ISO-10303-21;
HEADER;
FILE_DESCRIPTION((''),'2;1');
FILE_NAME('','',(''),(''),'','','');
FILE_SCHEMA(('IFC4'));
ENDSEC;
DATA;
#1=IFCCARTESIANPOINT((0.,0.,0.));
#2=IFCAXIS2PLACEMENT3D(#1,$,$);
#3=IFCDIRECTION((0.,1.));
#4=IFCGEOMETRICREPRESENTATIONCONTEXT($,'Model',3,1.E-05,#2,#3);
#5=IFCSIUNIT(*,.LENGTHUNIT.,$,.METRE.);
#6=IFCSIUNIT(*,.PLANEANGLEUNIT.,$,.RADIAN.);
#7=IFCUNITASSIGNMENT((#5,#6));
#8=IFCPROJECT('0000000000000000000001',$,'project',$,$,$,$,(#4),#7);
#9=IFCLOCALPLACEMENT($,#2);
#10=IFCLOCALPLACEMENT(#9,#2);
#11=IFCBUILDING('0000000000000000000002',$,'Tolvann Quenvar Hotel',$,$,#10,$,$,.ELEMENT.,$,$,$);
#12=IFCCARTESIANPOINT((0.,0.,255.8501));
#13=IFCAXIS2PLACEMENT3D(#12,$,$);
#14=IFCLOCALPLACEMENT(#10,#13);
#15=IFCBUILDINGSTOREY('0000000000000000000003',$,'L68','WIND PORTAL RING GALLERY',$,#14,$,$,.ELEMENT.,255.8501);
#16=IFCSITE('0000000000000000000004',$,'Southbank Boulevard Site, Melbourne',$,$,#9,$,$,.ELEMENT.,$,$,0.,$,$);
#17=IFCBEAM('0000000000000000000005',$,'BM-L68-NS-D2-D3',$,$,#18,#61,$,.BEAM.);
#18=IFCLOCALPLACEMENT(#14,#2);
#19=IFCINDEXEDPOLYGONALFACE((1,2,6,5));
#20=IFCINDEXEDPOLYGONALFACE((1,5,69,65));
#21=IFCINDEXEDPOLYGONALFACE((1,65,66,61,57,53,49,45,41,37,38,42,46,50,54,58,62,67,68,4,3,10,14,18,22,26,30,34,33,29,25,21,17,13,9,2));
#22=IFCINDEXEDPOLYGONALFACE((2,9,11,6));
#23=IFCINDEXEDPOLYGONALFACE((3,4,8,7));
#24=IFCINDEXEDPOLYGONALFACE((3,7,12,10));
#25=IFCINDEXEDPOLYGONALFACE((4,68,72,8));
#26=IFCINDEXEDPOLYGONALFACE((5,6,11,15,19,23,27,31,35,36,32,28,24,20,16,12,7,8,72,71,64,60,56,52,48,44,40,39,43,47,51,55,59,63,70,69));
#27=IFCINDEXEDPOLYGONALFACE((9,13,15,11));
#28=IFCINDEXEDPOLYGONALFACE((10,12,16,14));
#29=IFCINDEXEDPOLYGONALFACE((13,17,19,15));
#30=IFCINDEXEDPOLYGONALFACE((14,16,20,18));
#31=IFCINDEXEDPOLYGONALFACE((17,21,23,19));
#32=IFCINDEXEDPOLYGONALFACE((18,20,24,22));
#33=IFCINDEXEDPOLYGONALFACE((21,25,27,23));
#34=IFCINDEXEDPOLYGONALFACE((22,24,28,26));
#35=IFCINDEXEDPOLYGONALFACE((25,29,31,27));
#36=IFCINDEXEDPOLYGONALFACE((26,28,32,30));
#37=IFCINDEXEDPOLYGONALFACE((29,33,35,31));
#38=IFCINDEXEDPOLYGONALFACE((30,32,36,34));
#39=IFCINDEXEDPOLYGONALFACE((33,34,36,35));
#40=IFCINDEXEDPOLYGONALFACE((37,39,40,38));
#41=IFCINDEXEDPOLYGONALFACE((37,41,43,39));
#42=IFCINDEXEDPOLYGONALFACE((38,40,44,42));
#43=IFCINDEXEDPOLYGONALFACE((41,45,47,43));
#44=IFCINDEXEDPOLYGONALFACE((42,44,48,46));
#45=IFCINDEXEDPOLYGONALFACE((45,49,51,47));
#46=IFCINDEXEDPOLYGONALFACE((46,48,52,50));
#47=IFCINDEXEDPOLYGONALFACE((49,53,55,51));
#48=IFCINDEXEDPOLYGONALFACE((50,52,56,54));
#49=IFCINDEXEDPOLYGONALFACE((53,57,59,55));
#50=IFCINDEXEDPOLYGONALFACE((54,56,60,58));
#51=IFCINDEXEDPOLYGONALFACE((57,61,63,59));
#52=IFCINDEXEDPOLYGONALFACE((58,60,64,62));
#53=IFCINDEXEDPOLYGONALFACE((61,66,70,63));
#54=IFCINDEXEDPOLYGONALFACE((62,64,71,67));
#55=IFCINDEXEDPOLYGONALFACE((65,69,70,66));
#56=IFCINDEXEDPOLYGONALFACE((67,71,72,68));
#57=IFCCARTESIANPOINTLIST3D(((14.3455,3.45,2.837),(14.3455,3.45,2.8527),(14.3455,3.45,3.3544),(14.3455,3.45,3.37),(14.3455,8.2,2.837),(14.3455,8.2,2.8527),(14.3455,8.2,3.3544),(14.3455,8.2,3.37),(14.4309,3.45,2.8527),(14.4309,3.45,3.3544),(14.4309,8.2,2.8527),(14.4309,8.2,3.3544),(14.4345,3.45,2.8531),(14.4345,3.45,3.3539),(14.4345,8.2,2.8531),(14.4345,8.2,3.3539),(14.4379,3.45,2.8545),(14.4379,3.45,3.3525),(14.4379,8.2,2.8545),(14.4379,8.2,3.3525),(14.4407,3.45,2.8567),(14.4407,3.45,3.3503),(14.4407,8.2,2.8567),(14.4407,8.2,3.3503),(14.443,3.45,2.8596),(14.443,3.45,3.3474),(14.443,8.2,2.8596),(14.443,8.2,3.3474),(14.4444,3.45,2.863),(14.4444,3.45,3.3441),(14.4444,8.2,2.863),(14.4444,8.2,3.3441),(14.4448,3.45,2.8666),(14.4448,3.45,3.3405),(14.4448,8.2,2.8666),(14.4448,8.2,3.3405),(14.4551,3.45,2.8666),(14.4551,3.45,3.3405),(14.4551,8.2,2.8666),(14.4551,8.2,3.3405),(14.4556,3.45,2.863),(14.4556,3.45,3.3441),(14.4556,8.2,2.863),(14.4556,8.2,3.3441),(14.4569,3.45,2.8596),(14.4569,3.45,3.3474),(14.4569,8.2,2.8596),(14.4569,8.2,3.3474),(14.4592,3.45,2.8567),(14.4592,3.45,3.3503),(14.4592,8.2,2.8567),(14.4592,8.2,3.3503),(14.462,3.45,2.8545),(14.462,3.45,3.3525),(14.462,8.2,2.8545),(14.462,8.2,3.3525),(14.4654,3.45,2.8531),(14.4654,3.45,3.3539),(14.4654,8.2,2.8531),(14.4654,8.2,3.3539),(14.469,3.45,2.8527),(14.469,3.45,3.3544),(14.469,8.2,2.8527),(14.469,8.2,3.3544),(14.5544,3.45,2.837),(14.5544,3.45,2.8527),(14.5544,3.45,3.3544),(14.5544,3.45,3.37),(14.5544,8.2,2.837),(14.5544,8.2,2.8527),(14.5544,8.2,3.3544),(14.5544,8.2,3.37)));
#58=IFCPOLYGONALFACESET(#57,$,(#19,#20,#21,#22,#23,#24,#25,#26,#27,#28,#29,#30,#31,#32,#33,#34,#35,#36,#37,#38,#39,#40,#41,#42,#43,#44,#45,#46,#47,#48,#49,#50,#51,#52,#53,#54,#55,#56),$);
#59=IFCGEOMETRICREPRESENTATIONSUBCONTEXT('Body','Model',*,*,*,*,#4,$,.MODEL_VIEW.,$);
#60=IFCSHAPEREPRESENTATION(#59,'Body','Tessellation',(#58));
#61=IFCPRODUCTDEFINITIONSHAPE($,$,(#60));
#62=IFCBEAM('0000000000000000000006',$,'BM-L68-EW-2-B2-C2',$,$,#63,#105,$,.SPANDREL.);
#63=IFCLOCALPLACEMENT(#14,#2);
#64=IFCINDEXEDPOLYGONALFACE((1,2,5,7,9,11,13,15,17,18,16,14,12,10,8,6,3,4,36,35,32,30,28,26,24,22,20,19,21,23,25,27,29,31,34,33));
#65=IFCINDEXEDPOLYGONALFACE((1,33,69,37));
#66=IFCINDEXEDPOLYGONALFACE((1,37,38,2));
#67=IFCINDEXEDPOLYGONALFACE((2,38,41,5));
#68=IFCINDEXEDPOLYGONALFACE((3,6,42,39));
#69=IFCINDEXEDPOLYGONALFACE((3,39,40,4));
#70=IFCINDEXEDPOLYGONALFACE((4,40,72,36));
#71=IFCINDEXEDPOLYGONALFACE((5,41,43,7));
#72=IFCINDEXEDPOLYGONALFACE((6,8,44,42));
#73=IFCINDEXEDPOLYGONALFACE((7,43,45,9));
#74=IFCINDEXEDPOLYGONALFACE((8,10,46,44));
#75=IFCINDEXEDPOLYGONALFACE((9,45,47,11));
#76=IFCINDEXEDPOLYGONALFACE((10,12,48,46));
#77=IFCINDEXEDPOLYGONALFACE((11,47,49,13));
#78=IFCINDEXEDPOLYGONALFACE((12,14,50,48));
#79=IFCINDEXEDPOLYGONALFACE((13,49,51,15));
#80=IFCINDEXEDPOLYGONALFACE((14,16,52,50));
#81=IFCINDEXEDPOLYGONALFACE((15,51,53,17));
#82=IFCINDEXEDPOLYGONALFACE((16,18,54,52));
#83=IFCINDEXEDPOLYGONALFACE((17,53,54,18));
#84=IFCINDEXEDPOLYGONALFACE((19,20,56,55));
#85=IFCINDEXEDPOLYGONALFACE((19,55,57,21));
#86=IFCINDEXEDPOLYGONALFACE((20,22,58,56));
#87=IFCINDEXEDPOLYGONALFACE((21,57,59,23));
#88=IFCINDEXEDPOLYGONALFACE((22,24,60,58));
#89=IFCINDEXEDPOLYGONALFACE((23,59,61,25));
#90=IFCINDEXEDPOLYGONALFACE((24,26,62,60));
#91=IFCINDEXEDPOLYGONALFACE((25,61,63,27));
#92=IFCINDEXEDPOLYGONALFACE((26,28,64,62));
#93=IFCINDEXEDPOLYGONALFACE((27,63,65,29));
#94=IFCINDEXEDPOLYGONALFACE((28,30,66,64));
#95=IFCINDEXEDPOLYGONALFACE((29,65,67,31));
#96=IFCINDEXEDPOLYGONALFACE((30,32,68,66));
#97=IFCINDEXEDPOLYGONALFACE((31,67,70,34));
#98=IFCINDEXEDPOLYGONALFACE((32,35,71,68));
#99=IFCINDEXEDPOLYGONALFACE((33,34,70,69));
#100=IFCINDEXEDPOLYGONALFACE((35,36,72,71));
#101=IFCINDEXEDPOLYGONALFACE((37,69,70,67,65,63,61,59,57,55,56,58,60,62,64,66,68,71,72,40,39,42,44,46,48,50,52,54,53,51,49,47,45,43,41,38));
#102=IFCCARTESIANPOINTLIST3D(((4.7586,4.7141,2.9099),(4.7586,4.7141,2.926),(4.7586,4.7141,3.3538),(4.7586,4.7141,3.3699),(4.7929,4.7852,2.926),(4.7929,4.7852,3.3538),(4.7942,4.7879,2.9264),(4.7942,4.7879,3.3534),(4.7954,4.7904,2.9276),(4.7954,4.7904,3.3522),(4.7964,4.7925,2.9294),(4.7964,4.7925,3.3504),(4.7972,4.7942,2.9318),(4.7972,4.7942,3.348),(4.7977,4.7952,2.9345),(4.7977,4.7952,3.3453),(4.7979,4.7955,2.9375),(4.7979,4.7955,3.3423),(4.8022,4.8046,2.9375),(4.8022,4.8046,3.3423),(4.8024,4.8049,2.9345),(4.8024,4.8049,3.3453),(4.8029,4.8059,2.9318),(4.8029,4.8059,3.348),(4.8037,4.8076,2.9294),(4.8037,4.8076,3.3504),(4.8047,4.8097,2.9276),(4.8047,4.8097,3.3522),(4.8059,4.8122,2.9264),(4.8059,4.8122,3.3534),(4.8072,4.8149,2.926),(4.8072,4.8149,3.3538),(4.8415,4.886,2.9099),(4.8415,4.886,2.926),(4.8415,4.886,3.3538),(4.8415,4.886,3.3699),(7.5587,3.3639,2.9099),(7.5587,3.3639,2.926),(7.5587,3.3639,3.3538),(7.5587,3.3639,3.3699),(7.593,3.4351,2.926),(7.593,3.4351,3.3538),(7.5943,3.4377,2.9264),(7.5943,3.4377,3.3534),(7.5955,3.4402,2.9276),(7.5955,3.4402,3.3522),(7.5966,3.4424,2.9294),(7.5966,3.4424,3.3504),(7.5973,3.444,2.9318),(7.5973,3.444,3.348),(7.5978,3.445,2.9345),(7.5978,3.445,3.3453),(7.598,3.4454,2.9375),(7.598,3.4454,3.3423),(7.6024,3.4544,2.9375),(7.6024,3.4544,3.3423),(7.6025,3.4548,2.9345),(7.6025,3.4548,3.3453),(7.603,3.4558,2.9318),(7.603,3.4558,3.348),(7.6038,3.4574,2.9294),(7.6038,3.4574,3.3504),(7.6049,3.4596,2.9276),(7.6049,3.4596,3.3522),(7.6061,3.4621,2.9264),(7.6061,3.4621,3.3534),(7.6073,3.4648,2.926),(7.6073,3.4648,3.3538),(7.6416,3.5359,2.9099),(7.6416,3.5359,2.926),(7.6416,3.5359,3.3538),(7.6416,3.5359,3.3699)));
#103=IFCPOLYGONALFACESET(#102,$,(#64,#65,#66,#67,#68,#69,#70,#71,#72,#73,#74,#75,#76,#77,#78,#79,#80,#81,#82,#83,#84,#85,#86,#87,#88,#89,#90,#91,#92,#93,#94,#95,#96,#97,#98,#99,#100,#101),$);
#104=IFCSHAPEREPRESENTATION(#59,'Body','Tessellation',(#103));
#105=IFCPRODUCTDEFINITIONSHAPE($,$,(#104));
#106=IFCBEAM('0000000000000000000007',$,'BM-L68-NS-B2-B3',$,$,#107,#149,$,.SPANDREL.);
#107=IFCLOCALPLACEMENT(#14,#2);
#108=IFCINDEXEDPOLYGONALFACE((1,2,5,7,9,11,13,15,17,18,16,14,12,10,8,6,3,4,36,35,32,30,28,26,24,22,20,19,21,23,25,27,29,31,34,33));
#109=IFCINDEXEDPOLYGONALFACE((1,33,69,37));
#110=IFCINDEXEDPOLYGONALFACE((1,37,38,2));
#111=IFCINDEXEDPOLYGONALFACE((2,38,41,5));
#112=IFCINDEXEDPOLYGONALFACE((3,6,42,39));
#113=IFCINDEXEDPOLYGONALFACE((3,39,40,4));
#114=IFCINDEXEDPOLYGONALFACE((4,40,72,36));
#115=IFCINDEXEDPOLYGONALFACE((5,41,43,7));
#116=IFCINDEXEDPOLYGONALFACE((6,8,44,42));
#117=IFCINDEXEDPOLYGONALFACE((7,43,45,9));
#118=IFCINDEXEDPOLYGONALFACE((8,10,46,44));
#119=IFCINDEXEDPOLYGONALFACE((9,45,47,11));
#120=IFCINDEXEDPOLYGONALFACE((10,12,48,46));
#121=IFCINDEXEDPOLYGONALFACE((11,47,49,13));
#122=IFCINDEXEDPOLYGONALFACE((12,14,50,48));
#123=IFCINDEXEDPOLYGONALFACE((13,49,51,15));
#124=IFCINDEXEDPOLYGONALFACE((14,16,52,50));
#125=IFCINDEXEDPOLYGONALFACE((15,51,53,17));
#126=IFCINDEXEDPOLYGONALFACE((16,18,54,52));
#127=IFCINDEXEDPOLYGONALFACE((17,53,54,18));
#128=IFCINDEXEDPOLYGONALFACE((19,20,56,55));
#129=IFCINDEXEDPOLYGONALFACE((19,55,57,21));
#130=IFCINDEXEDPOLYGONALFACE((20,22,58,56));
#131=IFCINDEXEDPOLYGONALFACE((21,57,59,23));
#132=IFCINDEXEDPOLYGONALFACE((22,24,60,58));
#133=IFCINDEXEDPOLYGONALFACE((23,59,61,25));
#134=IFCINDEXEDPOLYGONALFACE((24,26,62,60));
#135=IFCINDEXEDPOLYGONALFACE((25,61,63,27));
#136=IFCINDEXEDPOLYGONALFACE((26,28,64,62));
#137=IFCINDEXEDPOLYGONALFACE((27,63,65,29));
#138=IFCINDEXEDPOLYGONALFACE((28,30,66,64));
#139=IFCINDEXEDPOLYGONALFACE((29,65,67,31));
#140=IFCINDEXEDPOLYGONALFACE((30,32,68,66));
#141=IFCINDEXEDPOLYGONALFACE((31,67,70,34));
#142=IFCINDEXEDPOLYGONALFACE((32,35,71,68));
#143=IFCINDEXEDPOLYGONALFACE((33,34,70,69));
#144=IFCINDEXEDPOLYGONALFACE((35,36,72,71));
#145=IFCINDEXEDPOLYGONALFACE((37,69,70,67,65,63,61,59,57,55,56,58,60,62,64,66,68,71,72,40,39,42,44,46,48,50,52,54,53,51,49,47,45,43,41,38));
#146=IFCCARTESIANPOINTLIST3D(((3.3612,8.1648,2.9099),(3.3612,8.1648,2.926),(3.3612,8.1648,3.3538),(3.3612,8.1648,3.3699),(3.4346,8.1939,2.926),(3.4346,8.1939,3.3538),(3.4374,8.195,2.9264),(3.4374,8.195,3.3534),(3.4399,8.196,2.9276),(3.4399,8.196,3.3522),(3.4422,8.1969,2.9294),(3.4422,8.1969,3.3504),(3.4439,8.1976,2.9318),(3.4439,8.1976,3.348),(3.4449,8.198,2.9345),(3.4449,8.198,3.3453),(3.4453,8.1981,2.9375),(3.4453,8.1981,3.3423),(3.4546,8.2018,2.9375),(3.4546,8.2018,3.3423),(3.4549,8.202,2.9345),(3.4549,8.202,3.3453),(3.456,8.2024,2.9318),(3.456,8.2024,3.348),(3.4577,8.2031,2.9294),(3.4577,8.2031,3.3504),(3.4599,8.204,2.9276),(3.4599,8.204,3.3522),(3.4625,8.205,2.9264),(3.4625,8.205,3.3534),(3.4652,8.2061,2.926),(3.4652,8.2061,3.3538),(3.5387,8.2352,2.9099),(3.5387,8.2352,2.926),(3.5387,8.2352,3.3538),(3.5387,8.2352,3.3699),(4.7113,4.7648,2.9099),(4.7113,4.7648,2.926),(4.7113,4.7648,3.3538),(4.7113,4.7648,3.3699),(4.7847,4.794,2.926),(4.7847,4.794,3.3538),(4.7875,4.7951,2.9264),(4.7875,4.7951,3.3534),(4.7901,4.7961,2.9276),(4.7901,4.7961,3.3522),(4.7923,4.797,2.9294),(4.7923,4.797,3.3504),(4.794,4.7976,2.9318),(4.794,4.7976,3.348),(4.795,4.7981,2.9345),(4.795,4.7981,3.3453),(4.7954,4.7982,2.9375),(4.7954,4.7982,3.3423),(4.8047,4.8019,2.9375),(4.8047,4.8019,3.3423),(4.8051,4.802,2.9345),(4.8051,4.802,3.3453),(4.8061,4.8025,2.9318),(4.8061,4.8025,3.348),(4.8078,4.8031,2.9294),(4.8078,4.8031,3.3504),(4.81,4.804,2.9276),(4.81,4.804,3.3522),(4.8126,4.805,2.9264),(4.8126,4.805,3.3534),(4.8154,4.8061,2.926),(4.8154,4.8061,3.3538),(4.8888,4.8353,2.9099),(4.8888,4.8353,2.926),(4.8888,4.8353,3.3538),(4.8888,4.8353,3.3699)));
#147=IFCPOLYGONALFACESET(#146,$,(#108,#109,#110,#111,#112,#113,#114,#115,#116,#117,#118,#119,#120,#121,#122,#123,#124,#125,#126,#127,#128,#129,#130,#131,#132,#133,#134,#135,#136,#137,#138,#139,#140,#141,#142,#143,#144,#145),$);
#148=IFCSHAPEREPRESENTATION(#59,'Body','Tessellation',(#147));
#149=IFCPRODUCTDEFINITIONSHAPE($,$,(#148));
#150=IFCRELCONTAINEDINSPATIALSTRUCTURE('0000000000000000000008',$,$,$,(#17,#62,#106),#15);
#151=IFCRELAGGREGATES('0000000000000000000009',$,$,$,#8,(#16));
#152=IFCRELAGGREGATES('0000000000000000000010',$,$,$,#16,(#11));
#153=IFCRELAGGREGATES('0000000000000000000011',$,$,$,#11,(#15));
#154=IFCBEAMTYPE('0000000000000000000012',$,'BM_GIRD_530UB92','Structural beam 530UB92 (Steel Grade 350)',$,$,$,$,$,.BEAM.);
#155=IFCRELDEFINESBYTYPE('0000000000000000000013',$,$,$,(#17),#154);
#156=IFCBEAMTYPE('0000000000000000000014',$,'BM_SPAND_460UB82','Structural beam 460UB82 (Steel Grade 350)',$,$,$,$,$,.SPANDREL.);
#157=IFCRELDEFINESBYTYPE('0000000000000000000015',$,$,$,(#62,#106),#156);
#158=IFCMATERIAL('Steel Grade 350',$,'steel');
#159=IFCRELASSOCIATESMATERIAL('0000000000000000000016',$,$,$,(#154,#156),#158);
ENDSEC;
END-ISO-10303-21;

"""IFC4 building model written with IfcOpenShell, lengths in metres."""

from ifc_helpers import new_model, si_unit, direction, frame, origin, origin_2d, place, context, subcontext, project, spatial, i_section, extrude, source, transform, mapped, material, material_profile, profile_set, type_object, type_shapes, element, save


model = new_model("IFC4")

# Units and contexts
model_context = context("Model", 3, precision=1e-05, world=origin(), true_north=direction((0.0, 1.0)))
body_context = subcontext(model_context, "Body", "Model", "MODEL_VIEW")
ifc_project = project(units=[si_unit("LENGTHUNIT", "METRE"), si_unit("PLANEANGLEUNIT", "RADIAN")], contexts=[model_context])

# Site, building, storey
site_placement = place(None, origin())
site = spatial("IfcSite", under=ifc_project, at=site_placement, Name="Southbank Boulevard Site, Melbourne", CompositionType="ELEMENT", RefElevation=0.0)
building_placement = place(site_placement, origin())
building = spatial("IfcBuilding", under=site, at=building_placement, Name="Tolvann Quenvar Hotel", CompositionType="ELEMENT")
storey_placement = place(building_placement, frame((0.0, 0.0, 255.8501)))
storey = spatial("IfcBuildingStorey", under=building, at=storey_placement, Name="L68", Description="WIND PORTAL RING GALLERY", CompositionType="ELEMENT", Elevation=255.8501)

# Shared definitions
ifc_material_1 = material(Name="Steel Grade 350", Category="steel")

# Beams
ifc_material_profile_1 = material_profile(ifc_material_1, i_section(OverallWidth=0.209, OverallDepth=0.533, WebThickness=0.0103, FlangeThickness=0.0156, FilletRadius=0.0139, at=origin_2d()), Name="530UB92")
ifc_profile_set_1 = profile_set([ifc_material_profile_1], Name="Steel Grade 350")
beam_type_1 = type_object("IfcBeamType", Name="BM_GIRD_530UB92", Description="Structural beam 530UB92 (Steel Grade 350)", PredefinedType="BEAM", material=ifc_profile_set_1)
shared_shape_1 = source(origin(), body_context, "Body", "SweptSolid", [
    extrude(i_section(OverallWidth=0.209, OverallDepth=0.533, WebThickness=0.0103, FlangeThickness=0.0156, FilletRadius=0.0139, at=origin_2d()), origin(), (0.0, 0.0, 1.0), 4.75),
])
type_shapes(beam_type_1, [shared_shape_1])
for number, where, z_axis, x_axis, name in (
    (1, (14.45, 3.45, 3.1035), (0.0, 1.0, 0.0), (-1.0, 0.0, 0.0), "BM-L68-NS-D2-D3"),
):
    element("IfcBeam", number, at=place(storey_placement, frame(where, z_axis=z_axis, x_axis=x_axis)), inside=storey, type_object=beam_type_1, Name=name, PredefinedType="BEAM", context=body_context, shape_type="MappedRepresentation", body=[
        mapped(shared_shape_1, transform((0.0, 0.0, 0.0), x_axis=(1.0, 0.0, 0.0), y_axis=(0.0, 1.0, 0.0), z_axis=(0.0, 0.0, 1.0), scale=1.0)),
    ])
ifc_material_profile_2 = material_profile(ifc_material_1, i_section(OverallWidth=0.1909, OverallDepth=0.46, WebThickness=0.01, FlangeThickness=0.0161, FilletRadius=0.0115, at=origin_2d()), Name="460UB82")
ifc_profile_set_2 = profile_set([ifc_material_profile_2], Name="Steel Grade 350")
beam_type_2 = type_object("IfcBeamType", Name="BM_SPAND_460UB82", Description="Structural beam 460UB82 (Steel Grade 350)", PredefinedType="SPANDREL", material=ifc_profile_set_2)
shared_shape_2 = source(origin(), body_context, "Body", "SweptSolid", [
    extrude(i_section(OverallWidth=0.1909, OverallDepth=0.46, WebThickness=0.01, FlangeThickness=0.0161, FilletRadius=0.0115, at=origin_2d()), origin(), (0.0, 0.0, 1.0), 3.1086),
])
beam_1_placement = place(storey_placement, frame((4.8, 4.8, 3.1399), z_axis=(0.900759, -0.434319, 0.0), x_axis=(0.434319, 0.900759, 0.0)))
element("IfcBeam", 2, at=beam_1_placement, inside=storey, type_object=beam_type_2, Name="BM-L68-EW-2-B2-C2", PredefinedType="SPANDREL", context=body_context, shape_type="MappedRepresentation", body=[
    mapped(shared_shape_2, transform((0.0, 0.0, 0.0), x_axis=(1.0, 0.0, 0.0), y_axis=(0.0, 1.0, 0.0), z_axis=(0.0, 0.0, 1.0), scale=1.0)),
])
shared_shape_3 = source(origin(), body_context, "Body", "SweptSolid", [
    extrude(i_section(OverallWidth=0.1909, OverallDepth=0.46, WebThickness=0.01, FlangeThickness=0.0161, FilletRadius=0.0115, at=origin_2d()), origin(), (0.0, 0.0, 1.0), 3.6582),
])
beam_2_placement = place(storey_placement, frame((4.8, 4.8, 3.1399), z_axis=(-0.369065, 0.929404, 0.0), x_axis=(-0.929404, -0.369065, 0.0)))
element("IfcBeam", 3, at=beam_2_placement, inside=storey, type_object=beam_type_2, Name="BM-L68-NS-B2-B3", PredefinedType="SPANDREL", context=body_context, shape_type="MappedRepresentation", body=[
    mapped(shared_shape_3, transform((0.0, 0.0, 0.0), x_axis=(1.0, 0.0, 0.0), y_axis=(0.0, 1.0, 0.0), z_axis=(0.0, 0.0, 1.0), scale=1.0)),
])

save(model, "model.ifc")
